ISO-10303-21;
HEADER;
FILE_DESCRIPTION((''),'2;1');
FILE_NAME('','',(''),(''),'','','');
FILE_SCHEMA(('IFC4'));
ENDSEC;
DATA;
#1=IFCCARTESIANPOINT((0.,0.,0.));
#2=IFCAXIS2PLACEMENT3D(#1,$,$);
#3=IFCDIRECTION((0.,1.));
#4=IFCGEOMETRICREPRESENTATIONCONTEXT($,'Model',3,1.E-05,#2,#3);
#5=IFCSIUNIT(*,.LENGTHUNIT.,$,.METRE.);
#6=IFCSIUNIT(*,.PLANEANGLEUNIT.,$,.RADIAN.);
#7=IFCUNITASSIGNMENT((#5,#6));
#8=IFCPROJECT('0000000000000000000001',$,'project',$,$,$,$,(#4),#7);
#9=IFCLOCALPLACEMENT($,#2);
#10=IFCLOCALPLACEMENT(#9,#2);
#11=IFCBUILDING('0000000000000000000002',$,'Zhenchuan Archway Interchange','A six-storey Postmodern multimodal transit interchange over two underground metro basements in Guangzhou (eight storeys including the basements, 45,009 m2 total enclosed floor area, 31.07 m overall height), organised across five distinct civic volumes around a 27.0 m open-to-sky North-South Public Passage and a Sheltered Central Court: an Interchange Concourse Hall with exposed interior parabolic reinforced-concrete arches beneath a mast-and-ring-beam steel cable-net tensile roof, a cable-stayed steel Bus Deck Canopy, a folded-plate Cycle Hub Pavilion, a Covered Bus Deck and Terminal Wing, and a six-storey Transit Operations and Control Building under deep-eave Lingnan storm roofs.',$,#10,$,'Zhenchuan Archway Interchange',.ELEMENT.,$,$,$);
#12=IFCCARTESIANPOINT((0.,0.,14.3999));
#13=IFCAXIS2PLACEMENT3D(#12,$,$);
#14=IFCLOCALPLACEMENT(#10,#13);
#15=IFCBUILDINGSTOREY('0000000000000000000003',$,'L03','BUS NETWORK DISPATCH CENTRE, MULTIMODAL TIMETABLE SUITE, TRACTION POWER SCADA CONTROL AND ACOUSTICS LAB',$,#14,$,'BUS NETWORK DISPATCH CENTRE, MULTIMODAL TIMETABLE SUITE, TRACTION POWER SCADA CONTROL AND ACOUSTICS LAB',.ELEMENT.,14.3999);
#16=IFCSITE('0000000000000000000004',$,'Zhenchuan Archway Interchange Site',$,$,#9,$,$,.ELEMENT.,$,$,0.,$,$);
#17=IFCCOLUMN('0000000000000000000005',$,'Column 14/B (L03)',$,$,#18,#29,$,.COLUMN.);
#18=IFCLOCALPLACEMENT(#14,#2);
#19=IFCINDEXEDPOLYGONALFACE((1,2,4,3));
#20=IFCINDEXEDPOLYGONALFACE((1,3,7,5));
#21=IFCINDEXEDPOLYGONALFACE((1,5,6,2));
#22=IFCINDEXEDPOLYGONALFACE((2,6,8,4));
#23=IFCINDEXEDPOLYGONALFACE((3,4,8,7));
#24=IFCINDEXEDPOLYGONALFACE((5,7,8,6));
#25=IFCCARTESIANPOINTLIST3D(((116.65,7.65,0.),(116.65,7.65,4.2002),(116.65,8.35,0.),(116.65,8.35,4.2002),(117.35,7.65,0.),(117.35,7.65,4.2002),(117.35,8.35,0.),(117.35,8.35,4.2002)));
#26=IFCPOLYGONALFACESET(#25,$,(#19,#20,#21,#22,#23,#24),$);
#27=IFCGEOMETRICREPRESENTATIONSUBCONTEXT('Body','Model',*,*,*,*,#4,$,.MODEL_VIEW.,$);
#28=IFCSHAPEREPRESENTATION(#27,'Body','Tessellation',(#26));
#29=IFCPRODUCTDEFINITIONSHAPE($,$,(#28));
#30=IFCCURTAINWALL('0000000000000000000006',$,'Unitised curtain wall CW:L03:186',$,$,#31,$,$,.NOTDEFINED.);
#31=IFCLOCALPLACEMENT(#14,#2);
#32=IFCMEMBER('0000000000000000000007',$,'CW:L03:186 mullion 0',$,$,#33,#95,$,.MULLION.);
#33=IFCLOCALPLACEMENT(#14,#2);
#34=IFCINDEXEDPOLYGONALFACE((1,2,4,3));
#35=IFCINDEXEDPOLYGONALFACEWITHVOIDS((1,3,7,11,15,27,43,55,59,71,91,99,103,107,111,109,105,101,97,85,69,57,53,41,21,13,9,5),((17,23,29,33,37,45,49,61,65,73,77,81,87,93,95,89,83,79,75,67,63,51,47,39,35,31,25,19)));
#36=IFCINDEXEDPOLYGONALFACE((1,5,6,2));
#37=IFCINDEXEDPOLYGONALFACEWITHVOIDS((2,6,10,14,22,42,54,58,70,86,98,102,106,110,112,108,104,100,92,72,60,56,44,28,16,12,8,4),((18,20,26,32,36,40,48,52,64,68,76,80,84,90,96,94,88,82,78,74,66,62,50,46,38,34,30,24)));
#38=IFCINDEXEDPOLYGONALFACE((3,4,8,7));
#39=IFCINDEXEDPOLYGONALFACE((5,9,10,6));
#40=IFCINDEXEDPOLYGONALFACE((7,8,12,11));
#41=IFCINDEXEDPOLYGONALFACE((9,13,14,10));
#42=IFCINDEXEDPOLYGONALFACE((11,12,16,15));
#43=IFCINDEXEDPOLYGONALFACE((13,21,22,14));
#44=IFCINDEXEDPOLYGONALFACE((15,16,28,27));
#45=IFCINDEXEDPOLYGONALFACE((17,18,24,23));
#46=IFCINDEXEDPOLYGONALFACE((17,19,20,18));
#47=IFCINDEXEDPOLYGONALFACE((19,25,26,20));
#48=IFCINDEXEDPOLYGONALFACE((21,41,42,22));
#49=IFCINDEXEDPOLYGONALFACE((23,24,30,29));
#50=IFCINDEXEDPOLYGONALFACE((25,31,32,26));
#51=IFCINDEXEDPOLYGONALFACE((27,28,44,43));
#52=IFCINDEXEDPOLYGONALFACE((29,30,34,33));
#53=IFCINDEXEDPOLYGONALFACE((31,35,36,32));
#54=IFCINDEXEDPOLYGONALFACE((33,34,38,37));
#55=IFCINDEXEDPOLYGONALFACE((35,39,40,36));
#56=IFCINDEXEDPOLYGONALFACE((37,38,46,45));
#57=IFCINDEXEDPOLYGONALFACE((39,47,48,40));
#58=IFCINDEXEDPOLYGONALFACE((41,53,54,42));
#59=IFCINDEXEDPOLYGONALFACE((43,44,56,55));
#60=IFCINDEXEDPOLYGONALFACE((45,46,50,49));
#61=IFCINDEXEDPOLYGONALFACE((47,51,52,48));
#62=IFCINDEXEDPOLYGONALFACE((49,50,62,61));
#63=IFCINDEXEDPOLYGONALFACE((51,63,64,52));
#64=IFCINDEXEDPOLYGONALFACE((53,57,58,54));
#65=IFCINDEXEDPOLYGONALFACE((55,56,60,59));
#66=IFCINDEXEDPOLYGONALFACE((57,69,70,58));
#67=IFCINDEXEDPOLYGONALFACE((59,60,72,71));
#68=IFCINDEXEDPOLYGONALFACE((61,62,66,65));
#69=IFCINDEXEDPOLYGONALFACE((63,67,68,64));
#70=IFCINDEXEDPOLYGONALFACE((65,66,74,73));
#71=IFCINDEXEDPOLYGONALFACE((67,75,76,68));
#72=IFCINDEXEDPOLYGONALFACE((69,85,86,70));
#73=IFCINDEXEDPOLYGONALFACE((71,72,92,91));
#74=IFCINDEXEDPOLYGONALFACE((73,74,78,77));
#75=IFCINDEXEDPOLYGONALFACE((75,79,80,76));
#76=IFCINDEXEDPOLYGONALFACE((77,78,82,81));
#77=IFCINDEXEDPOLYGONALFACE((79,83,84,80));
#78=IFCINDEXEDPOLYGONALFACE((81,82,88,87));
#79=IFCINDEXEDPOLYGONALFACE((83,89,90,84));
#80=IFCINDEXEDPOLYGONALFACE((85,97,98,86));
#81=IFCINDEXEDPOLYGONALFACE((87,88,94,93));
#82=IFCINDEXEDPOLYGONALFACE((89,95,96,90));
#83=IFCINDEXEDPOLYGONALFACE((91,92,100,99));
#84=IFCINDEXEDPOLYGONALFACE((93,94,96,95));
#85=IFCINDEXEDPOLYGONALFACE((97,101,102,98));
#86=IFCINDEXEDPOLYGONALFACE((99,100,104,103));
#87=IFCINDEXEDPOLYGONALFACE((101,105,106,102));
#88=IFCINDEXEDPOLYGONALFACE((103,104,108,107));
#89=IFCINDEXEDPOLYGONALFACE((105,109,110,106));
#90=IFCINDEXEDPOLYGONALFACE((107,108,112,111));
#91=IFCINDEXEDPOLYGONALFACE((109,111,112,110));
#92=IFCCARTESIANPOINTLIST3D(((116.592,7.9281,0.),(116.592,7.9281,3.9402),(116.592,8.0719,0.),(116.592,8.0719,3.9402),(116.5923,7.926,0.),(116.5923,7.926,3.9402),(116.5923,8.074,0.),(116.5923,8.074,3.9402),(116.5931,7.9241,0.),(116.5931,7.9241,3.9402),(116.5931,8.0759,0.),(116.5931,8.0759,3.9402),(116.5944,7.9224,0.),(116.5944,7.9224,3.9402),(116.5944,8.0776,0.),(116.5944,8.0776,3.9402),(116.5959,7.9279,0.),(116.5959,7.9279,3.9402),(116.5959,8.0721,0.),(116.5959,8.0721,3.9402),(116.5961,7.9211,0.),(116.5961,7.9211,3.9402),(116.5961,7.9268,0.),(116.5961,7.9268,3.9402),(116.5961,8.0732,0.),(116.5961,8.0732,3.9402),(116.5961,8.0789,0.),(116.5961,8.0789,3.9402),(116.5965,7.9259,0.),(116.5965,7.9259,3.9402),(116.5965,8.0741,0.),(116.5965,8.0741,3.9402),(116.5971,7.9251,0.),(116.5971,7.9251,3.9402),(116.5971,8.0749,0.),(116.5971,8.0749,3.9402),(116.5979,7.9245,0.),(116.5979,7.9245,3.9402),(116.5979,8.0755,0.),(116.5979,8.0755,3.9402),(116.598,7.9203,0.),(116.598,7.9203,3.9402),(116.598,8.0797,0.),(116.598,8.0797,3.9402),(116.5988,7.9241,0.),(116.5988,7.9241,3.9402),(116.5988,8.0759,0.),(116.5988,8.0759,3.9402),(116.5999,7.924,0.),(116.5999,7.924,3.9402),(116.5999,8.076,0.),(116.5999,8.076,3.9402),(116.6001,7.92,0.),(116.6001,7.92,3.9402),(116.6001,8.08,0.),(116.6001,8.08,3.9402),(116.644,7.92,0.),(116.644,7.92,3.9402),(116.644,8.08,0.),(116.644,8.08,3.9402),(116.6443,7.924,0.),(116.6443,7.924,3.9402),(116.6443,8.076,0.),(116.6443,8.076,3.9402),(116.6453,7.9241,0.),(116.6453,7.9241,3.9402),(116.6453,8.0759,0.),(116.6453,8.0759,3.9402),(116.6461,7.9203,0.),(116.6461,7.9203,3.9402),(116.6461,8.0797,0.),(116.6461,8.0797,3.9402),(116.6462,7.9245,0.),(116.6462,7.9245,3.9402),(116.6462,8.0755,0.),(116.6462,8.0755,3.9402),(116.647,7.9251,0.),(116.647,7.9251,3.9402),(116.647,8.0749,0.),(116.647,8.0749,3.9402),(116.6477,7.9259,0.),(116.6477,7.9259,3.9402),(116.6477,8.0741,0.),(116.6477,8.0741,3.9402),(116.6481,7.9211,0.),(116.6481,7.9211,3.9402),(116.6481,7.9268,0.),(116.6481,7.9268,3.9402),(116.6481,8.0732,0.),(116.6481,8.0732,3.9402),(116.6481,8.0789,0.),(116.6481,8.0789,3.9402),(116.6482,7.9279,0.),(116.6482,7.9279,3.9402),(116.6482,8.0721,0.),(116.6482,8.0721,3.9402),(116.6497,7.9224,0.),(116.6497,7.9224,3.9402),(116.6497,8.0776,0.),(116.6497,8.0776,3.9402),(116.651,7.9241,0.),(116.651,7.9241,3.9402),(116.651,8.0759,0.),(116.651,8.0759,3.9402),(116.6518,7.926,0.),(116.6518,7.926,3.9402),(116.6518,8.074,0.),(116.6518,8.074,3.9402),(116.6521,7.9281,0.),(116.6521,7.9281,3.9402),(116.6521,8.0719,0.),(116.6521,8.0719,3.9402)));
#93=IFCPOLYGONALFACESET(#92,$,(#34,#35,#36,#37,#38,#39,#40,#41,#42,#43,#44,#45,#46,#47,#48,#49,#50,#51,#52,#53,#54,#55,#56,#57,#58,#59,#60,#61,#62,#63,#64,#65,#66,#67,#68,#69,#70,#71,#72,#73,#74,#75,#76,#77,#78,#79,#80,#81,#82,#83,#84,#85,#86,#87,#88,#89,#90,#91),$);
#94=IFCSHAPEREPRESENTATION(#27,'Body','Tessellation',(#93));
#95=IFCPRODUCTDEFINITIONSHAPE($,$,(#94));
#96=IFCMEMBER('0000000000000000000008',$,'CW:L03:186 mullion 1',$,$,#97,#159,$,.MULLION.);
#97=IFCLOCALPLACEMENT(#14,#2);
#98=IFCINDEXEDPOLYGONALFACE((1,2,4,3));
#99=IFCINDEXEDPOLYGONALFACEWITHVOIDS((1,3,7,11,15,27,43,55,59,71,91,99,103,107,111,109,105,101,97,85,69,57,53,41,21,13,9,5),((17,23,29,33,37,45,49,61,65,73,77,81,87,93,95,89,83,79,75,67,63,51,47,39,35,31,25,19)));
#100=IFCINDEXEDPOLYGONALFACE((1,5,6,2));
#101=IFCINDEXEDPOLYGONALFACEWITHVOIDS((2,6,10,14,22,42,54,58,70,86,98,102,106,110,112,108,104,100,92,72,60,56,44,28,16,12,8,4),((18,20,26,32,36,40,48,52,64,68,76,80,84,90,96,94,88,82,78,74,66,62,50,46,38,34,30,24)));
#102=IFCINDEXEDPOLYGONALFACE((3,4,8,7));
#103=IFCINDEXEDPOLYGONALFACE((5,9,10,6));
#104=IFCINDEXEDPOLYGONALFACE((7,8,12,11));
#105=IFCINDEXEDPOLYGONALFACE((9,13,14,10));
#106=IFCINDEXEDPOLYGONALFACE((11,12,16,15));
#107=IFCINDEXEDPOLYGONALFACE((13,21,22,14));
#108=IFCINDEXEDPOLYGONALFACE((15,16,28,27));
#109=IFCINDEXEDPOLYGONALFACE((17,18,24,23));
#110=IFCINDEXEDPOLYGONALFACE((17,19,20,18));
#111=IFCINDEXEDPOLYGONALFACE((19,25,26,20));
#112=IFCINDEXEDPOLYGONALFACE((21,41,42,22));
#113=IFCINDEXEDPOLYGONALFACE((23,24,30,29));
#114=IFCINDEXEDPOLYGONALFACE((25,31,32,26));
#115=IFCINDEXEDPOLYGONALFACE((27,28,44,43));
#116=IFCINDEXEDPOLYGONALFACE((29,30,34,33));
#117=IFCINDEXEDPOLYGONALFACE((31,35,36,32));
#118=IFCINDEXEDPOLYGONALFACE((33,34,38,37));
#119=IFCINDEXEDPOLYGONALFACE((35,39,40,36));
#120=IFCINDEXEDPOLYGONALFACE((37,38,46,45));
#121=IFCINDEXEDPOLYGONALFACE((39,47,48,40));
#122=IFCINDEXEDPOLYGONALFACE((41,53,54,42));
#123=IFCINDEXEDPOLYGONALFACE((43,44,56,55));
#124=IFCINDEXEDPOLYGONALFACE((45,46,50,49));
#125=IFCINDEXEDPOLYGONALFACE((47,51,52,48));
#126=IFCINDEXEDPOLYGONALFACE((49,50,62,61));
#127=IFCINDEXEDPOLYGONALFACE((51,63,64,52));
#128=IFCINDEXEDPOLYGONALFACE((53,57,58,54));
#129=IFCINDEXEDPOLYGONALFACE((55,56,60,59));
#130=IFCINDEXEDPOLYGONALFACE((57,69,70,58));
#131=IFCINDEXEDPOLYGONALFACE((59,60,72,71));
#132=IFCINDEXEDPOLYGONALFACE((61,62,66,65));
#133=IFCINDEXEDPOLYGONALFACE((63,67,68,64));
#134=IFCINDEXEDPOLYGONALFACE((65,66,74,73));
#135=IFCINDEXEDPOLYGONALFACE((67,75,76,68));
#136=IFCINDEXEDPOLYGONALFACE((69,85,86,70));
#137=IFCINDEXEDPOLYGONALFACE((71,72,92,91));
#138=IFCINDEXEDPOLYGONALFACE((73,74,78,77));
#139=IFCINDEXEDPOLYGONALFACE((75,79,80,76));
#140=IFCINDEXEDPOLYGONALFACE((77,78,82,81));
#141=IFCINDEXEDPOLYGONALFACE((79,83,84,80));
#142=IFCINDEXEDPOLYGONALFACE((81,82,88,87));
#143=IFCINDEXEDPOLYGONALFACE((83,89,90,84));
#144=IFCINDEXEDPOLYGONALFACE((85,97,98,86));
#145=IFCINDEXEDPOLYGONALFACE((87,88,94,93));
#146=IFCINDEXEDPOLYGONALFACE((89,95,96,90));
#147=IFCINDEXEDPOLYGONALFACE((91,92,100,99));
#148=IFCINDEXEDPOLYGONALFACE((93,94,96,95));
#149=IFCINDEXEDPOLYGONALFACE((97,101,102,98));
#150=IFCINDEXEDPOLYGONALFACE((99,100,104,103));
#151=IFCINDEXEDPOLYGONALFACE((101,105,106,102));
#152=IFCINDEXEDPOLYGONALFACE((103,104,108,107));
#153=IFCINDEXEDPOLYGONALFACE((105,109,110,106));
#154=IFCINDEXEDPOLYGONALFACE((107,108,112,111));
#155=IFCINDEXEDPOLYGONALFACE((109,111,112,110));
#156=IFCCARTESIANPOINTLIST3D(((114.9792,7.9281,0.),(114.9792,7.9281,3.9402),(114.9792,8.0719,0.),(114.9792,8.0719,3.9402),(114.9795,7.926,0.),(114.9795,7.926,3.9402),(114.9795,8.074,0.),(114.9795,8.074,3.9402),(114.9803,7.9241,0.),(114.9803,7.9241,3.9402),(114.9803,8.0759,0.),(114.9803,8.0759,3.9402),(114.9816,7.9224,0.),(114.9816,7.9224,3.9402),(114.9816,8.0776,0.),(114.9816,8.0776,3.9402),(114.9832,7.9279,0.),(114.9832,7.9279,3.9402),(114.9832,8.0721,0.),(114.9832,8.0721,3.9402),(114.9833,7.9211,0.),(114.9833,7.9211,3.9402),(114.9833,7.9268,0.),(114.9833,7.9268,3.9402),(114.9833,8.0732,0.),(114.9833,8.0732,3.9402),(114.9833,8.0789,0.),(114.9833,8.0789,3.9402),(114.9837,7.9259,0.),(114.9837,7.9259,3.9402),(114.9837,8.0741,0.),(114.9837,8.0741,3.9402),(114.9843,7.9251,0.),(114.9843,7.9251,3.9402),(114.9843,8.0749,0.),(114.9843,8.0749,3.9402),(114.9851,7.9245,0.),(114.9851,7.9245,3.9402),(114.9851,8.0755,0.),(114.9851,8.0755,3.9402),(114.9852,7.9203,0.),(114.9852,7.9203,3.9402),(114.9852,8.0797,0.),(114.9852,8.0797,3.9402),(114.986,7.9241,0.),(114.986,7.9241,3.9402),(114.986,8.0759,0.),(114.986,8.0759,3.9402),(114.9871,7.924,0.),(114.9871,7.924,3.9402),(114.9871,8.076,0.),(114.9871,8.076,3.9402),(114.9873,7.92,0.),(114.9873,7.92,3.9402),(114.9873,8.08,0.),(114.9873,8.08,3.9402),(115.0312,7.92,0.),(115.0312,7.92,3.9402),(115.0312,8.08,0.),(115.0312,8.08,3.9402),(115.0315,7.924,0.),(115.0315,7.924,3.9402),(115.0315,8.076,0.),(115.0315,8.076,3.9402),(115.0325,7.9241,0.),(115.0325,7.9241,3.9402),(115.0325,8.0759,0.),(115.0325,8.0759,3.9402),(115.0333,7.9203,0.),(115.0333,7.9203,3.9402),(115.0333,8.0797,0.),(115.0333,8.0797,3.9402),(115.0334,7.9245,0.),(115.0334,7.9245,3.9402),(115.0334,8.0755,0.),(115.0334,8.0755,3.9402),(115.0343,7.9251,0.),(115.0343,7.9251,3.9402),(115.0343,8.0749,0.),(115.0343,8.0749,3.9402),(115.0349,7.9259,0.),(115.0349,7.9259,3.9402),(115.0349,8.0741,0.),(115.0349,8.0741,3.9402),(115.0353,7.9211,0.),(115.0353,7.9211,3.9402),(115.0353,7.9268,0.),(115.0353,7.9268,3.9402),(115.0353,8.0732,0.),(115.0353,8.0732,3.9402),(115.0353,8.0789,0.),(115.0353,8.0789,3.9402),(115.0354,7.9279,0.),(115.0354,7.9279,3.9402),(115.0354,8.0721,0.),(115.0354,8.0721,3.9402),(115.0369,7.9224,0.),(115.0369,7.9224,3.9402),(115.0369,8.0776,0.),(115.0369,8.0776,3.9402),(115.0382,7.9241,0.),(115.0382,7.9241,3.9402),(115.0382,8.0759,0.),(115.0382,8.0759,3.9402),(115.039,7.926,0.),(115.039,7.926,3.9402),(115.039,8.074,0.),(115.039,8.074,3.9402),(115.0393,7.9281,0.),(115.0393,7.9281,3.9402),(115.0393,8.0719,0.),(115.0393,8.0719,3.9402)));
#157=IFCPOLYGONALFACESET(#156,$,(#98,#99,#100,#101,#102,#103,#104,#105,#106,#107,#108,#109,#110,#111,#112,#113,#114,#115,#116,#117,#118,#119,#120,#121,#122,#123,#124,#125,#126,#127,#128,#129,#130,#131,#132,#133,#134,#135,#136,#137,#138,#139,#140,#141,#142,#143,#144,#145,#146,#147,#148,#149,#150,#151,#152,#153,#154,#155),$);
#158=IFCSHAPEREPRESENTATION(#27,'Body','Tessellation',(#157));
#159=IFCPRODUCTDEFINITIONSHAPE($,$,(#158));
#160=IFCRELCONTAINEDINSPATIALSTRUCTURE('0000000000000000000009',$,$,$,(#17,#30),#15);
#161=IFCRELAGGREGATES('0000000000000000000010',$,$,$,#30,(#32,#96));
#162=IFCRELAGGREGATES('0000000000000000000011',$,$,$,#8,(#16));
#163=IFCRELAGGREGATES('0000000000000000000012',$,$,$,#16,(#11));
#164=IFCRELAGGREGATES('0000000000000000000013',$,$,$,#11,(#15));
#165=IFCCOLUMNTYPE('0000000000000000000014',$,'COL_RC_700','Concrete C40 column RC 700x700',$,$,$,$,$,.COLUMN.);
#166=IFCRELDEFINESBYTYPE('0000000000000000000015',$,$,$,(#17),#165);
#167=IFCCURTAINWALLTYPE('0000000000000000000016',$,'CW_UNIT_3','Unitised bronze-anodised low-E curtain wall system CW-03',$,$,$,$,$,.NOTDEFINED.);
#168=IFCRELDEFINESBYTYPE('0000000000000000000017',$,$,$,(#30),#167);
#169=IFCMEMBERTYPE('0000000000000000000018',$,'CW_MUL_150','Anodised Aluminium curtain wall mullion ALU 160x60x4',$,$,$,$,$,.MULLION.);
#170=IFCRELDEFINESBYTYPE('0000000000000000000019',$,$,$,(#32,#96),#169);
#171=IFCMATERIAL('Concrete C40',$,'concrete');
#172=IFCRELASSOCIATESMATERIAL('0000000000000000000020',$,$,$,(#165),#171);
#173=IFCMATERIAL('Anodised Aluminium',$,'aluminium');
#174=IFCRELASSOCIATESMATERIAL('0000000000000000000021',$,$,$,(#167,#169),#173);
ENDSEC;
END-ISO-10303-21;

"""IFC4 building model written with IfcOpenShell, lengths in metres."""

from ifc_helpers import new_model, si_unit, direction, frame, origin, origin_2d, place, context, subcontext, project, spatial, rectangle, hollow_rectangle, extrude, material, material_profile, profile_set, type_object, element, aggregate, save


model = new_model("IFC4")

# Units and contexts
model_context = context("Model", 3, precision=1e-05, world=origin(), true_north=direction((0.0, 1.0)))
body_context = subcontext(model_context, "Body", "Model", "MODEL_VIEW")
ifc_project = project(units=[si_unit("LENGTHUNIT", "METRE"), si_unit("PLANEANGLEUNIT", "RADIAN")], contexts=[model_context])

# Site, building, storey
site_placement = place(None, origin())
site = spatial("IfcSite", under=ifc_project, at=site_placement, Name="Zhenchuan Archway Interchange Site", CompositionType="ELEMENT", RefElevation=0.0)
building_placement = place(site_placement, origin())
building = spatial("IfcBuilding", under=site, at=building_placement, Name="Zhenchuan Archway Interchange", Description="A six-storey Postmodern multimodal transit interchange over two underground metro basements in Guangzhou (eight storeys including the basements, 45,009 m2 total enclosed floor area, 31.07 m overall height), organised across five distinct civic volumes around a 27.0 m open-to-sky North-South Public Passage and a Sheltered Central Court: an Interchange Concourse Hall with exposed interior parabolic reinforced-concrete arches beneath a mast-and-ring-beam steel cable-net tensile roof, a cable-stayed steel Bus Deck Canopy, a folded-plate Cycle Hub Pavilion, a Covered Bus Deck and Terminal Wing, and a six-storey Transit Operations and Control Building under deep-eave Lingnan storm roofs.", LongName="Zhenchuan Archway Interchange", CompositionType="ELEMENT")
storey_placement = place(building_placement, frame((0.0, 0.0, 14.3999)))
storey = spatial("IfcBuildingStorey", under=building, at=storey_placement, Name="L03", Description="BUS NETWORK DISPATCH CENTRE, MULTIMODAL TIMETABLE SUITE, TRACTION POWER SCADA CONTROL AND ACOUSTICS LAB", LongName="BUS NETWORK DISPATCH CENTRE, MULTIMODAL TIMETABLE SUITE, TRACTION POWER SCADA CONTROL AND ACOUSTICS LAB", CompositionType="ELEMENT", Elevation=14.3999)

# Column
ifc_material_1 = material(Name="Concrete C40", Category="concrete")
ifc_material_profile_1 = material_profile(ifc_material_1, rectangle(XDim=0.7, YDim=0.7, at=origin_2d()), Name="RC 700x700")
ifc_profile_set_1 = profile_set([ifc_material_profile_1], Name="Concrete C40")
column_type = type_object("IfcColumnType", Name="COL_RC_700", Description="Concrete C40 column RC 700x700", PredefinedType="COLUMN", material=ifc_profile_set_1)
column_placement = place(storey_placement, frame((117.0, 8.0, 0.0), z_axis=(0.0, 0.0, 1.0), x_axis=(1.0, 0.0, 0.0)))
element("IfcColumn", 1, at=column_placement, inside=storey, type_object=column_type, Name="Column 14/B (L03)", PredefinedType="COLUMN", context=body_context, shape_type="SweptSolid", body=[
    extrude(rectangle(XDim=0.7, YDim=0.7, at=origin_2d()), origin(), (0.0, 0.0, 1.0), 4.2002),
])

# Curtain wall, members
ifc_material_2 = material(Name="Anodised Aluminium", Category="aluminium")
curtain_wall_type = type_object("IfcCurtainWallType", Name="CW_UNIT_3", Description="Unitised bronze-anodised low-E curtain wall system CW-03", PredefinedType="NOTDEFINED", material=ifc_material_2)
curtain_wall_placement = place(storey_placement, origin())
curtain_wall = element("IfcCurtainWall", 2, at=curtain_wall_placement, inside=storey, type_object=curtain_wall_type, Name="Unitised curtain wall CW:L03:186", PredefinedType="NOTDEFINED")
ifc_material_profile_2 = material_profile(ifc_material_2, hollow_rectangle(XDim=0.0601, YDim=0.1599, WallThickness=0.0039, InnerFilletRadius=0.0039, OuterFilletRadius=0.0081, at=origin_2d()), Name="ALU 160x60x4")
ifc_profile_set_2 = profile_set([ifc_material_profile_2], Name="Anodised Aluminium")
member_type_1 = type_object("IfcMemberType", Name="CW_MUL_150", Description="Anodised Aluminium curtain wall mullion ALU 160x60x4", PredefinedType="MULLION", material=ifc_profile_set_2)
member_1_placement = place(storey_placement, frame((116.6221, 8.0, 0.0), z_axis=(0.0, 0.0, 1.0), x_axis=(1.0, 0.0, 0.0)))
member_1 = element("IfcMember", 3, at=member_1_placement, type_object=member_type_1, Name="CW:L03:186 mullion 0", PredefinedType="MULLION", context=body_context, shape_type="SweptSolid", body=[
    extrude(hollow_rectangle(XDim=0.0601, YDim=0.1599, WallThickness=0.0039, InnerFilletRadius=0.0039, OuterFilletRadius=0.0081, at=origin_2d()), origin(), (0.0, 0.0, 1.0), 3.9402),
])
member_2_placement = place(storey_placement, frame((115.0093, 8.0, 0.0), z_axis=(0.0, 0.0, 1.0), x_axis=(1.0, 0.0, 0.0)))
member_2 = element("IfcMember", 4, at=member_2_placement, type_object=member_type_1, Name="CW:L03:186 mullion 1", PredefinedType="MULLION", context=body_context, shape_type="SweptSolid", body=[
    extrude(hollow_rectangle(XDim=0.0601, YDim=0.1599, WallThickness=0.0039, InnerFilletRadius=0.0039, OuterFilletRadius=0.0081, at=origin_2d()), origin(), (0.0, 0.0, 1.0), 3.9402),
])

aggregate(curtain_wall, [member_1, member_2])

save(model, "model.ifc")
